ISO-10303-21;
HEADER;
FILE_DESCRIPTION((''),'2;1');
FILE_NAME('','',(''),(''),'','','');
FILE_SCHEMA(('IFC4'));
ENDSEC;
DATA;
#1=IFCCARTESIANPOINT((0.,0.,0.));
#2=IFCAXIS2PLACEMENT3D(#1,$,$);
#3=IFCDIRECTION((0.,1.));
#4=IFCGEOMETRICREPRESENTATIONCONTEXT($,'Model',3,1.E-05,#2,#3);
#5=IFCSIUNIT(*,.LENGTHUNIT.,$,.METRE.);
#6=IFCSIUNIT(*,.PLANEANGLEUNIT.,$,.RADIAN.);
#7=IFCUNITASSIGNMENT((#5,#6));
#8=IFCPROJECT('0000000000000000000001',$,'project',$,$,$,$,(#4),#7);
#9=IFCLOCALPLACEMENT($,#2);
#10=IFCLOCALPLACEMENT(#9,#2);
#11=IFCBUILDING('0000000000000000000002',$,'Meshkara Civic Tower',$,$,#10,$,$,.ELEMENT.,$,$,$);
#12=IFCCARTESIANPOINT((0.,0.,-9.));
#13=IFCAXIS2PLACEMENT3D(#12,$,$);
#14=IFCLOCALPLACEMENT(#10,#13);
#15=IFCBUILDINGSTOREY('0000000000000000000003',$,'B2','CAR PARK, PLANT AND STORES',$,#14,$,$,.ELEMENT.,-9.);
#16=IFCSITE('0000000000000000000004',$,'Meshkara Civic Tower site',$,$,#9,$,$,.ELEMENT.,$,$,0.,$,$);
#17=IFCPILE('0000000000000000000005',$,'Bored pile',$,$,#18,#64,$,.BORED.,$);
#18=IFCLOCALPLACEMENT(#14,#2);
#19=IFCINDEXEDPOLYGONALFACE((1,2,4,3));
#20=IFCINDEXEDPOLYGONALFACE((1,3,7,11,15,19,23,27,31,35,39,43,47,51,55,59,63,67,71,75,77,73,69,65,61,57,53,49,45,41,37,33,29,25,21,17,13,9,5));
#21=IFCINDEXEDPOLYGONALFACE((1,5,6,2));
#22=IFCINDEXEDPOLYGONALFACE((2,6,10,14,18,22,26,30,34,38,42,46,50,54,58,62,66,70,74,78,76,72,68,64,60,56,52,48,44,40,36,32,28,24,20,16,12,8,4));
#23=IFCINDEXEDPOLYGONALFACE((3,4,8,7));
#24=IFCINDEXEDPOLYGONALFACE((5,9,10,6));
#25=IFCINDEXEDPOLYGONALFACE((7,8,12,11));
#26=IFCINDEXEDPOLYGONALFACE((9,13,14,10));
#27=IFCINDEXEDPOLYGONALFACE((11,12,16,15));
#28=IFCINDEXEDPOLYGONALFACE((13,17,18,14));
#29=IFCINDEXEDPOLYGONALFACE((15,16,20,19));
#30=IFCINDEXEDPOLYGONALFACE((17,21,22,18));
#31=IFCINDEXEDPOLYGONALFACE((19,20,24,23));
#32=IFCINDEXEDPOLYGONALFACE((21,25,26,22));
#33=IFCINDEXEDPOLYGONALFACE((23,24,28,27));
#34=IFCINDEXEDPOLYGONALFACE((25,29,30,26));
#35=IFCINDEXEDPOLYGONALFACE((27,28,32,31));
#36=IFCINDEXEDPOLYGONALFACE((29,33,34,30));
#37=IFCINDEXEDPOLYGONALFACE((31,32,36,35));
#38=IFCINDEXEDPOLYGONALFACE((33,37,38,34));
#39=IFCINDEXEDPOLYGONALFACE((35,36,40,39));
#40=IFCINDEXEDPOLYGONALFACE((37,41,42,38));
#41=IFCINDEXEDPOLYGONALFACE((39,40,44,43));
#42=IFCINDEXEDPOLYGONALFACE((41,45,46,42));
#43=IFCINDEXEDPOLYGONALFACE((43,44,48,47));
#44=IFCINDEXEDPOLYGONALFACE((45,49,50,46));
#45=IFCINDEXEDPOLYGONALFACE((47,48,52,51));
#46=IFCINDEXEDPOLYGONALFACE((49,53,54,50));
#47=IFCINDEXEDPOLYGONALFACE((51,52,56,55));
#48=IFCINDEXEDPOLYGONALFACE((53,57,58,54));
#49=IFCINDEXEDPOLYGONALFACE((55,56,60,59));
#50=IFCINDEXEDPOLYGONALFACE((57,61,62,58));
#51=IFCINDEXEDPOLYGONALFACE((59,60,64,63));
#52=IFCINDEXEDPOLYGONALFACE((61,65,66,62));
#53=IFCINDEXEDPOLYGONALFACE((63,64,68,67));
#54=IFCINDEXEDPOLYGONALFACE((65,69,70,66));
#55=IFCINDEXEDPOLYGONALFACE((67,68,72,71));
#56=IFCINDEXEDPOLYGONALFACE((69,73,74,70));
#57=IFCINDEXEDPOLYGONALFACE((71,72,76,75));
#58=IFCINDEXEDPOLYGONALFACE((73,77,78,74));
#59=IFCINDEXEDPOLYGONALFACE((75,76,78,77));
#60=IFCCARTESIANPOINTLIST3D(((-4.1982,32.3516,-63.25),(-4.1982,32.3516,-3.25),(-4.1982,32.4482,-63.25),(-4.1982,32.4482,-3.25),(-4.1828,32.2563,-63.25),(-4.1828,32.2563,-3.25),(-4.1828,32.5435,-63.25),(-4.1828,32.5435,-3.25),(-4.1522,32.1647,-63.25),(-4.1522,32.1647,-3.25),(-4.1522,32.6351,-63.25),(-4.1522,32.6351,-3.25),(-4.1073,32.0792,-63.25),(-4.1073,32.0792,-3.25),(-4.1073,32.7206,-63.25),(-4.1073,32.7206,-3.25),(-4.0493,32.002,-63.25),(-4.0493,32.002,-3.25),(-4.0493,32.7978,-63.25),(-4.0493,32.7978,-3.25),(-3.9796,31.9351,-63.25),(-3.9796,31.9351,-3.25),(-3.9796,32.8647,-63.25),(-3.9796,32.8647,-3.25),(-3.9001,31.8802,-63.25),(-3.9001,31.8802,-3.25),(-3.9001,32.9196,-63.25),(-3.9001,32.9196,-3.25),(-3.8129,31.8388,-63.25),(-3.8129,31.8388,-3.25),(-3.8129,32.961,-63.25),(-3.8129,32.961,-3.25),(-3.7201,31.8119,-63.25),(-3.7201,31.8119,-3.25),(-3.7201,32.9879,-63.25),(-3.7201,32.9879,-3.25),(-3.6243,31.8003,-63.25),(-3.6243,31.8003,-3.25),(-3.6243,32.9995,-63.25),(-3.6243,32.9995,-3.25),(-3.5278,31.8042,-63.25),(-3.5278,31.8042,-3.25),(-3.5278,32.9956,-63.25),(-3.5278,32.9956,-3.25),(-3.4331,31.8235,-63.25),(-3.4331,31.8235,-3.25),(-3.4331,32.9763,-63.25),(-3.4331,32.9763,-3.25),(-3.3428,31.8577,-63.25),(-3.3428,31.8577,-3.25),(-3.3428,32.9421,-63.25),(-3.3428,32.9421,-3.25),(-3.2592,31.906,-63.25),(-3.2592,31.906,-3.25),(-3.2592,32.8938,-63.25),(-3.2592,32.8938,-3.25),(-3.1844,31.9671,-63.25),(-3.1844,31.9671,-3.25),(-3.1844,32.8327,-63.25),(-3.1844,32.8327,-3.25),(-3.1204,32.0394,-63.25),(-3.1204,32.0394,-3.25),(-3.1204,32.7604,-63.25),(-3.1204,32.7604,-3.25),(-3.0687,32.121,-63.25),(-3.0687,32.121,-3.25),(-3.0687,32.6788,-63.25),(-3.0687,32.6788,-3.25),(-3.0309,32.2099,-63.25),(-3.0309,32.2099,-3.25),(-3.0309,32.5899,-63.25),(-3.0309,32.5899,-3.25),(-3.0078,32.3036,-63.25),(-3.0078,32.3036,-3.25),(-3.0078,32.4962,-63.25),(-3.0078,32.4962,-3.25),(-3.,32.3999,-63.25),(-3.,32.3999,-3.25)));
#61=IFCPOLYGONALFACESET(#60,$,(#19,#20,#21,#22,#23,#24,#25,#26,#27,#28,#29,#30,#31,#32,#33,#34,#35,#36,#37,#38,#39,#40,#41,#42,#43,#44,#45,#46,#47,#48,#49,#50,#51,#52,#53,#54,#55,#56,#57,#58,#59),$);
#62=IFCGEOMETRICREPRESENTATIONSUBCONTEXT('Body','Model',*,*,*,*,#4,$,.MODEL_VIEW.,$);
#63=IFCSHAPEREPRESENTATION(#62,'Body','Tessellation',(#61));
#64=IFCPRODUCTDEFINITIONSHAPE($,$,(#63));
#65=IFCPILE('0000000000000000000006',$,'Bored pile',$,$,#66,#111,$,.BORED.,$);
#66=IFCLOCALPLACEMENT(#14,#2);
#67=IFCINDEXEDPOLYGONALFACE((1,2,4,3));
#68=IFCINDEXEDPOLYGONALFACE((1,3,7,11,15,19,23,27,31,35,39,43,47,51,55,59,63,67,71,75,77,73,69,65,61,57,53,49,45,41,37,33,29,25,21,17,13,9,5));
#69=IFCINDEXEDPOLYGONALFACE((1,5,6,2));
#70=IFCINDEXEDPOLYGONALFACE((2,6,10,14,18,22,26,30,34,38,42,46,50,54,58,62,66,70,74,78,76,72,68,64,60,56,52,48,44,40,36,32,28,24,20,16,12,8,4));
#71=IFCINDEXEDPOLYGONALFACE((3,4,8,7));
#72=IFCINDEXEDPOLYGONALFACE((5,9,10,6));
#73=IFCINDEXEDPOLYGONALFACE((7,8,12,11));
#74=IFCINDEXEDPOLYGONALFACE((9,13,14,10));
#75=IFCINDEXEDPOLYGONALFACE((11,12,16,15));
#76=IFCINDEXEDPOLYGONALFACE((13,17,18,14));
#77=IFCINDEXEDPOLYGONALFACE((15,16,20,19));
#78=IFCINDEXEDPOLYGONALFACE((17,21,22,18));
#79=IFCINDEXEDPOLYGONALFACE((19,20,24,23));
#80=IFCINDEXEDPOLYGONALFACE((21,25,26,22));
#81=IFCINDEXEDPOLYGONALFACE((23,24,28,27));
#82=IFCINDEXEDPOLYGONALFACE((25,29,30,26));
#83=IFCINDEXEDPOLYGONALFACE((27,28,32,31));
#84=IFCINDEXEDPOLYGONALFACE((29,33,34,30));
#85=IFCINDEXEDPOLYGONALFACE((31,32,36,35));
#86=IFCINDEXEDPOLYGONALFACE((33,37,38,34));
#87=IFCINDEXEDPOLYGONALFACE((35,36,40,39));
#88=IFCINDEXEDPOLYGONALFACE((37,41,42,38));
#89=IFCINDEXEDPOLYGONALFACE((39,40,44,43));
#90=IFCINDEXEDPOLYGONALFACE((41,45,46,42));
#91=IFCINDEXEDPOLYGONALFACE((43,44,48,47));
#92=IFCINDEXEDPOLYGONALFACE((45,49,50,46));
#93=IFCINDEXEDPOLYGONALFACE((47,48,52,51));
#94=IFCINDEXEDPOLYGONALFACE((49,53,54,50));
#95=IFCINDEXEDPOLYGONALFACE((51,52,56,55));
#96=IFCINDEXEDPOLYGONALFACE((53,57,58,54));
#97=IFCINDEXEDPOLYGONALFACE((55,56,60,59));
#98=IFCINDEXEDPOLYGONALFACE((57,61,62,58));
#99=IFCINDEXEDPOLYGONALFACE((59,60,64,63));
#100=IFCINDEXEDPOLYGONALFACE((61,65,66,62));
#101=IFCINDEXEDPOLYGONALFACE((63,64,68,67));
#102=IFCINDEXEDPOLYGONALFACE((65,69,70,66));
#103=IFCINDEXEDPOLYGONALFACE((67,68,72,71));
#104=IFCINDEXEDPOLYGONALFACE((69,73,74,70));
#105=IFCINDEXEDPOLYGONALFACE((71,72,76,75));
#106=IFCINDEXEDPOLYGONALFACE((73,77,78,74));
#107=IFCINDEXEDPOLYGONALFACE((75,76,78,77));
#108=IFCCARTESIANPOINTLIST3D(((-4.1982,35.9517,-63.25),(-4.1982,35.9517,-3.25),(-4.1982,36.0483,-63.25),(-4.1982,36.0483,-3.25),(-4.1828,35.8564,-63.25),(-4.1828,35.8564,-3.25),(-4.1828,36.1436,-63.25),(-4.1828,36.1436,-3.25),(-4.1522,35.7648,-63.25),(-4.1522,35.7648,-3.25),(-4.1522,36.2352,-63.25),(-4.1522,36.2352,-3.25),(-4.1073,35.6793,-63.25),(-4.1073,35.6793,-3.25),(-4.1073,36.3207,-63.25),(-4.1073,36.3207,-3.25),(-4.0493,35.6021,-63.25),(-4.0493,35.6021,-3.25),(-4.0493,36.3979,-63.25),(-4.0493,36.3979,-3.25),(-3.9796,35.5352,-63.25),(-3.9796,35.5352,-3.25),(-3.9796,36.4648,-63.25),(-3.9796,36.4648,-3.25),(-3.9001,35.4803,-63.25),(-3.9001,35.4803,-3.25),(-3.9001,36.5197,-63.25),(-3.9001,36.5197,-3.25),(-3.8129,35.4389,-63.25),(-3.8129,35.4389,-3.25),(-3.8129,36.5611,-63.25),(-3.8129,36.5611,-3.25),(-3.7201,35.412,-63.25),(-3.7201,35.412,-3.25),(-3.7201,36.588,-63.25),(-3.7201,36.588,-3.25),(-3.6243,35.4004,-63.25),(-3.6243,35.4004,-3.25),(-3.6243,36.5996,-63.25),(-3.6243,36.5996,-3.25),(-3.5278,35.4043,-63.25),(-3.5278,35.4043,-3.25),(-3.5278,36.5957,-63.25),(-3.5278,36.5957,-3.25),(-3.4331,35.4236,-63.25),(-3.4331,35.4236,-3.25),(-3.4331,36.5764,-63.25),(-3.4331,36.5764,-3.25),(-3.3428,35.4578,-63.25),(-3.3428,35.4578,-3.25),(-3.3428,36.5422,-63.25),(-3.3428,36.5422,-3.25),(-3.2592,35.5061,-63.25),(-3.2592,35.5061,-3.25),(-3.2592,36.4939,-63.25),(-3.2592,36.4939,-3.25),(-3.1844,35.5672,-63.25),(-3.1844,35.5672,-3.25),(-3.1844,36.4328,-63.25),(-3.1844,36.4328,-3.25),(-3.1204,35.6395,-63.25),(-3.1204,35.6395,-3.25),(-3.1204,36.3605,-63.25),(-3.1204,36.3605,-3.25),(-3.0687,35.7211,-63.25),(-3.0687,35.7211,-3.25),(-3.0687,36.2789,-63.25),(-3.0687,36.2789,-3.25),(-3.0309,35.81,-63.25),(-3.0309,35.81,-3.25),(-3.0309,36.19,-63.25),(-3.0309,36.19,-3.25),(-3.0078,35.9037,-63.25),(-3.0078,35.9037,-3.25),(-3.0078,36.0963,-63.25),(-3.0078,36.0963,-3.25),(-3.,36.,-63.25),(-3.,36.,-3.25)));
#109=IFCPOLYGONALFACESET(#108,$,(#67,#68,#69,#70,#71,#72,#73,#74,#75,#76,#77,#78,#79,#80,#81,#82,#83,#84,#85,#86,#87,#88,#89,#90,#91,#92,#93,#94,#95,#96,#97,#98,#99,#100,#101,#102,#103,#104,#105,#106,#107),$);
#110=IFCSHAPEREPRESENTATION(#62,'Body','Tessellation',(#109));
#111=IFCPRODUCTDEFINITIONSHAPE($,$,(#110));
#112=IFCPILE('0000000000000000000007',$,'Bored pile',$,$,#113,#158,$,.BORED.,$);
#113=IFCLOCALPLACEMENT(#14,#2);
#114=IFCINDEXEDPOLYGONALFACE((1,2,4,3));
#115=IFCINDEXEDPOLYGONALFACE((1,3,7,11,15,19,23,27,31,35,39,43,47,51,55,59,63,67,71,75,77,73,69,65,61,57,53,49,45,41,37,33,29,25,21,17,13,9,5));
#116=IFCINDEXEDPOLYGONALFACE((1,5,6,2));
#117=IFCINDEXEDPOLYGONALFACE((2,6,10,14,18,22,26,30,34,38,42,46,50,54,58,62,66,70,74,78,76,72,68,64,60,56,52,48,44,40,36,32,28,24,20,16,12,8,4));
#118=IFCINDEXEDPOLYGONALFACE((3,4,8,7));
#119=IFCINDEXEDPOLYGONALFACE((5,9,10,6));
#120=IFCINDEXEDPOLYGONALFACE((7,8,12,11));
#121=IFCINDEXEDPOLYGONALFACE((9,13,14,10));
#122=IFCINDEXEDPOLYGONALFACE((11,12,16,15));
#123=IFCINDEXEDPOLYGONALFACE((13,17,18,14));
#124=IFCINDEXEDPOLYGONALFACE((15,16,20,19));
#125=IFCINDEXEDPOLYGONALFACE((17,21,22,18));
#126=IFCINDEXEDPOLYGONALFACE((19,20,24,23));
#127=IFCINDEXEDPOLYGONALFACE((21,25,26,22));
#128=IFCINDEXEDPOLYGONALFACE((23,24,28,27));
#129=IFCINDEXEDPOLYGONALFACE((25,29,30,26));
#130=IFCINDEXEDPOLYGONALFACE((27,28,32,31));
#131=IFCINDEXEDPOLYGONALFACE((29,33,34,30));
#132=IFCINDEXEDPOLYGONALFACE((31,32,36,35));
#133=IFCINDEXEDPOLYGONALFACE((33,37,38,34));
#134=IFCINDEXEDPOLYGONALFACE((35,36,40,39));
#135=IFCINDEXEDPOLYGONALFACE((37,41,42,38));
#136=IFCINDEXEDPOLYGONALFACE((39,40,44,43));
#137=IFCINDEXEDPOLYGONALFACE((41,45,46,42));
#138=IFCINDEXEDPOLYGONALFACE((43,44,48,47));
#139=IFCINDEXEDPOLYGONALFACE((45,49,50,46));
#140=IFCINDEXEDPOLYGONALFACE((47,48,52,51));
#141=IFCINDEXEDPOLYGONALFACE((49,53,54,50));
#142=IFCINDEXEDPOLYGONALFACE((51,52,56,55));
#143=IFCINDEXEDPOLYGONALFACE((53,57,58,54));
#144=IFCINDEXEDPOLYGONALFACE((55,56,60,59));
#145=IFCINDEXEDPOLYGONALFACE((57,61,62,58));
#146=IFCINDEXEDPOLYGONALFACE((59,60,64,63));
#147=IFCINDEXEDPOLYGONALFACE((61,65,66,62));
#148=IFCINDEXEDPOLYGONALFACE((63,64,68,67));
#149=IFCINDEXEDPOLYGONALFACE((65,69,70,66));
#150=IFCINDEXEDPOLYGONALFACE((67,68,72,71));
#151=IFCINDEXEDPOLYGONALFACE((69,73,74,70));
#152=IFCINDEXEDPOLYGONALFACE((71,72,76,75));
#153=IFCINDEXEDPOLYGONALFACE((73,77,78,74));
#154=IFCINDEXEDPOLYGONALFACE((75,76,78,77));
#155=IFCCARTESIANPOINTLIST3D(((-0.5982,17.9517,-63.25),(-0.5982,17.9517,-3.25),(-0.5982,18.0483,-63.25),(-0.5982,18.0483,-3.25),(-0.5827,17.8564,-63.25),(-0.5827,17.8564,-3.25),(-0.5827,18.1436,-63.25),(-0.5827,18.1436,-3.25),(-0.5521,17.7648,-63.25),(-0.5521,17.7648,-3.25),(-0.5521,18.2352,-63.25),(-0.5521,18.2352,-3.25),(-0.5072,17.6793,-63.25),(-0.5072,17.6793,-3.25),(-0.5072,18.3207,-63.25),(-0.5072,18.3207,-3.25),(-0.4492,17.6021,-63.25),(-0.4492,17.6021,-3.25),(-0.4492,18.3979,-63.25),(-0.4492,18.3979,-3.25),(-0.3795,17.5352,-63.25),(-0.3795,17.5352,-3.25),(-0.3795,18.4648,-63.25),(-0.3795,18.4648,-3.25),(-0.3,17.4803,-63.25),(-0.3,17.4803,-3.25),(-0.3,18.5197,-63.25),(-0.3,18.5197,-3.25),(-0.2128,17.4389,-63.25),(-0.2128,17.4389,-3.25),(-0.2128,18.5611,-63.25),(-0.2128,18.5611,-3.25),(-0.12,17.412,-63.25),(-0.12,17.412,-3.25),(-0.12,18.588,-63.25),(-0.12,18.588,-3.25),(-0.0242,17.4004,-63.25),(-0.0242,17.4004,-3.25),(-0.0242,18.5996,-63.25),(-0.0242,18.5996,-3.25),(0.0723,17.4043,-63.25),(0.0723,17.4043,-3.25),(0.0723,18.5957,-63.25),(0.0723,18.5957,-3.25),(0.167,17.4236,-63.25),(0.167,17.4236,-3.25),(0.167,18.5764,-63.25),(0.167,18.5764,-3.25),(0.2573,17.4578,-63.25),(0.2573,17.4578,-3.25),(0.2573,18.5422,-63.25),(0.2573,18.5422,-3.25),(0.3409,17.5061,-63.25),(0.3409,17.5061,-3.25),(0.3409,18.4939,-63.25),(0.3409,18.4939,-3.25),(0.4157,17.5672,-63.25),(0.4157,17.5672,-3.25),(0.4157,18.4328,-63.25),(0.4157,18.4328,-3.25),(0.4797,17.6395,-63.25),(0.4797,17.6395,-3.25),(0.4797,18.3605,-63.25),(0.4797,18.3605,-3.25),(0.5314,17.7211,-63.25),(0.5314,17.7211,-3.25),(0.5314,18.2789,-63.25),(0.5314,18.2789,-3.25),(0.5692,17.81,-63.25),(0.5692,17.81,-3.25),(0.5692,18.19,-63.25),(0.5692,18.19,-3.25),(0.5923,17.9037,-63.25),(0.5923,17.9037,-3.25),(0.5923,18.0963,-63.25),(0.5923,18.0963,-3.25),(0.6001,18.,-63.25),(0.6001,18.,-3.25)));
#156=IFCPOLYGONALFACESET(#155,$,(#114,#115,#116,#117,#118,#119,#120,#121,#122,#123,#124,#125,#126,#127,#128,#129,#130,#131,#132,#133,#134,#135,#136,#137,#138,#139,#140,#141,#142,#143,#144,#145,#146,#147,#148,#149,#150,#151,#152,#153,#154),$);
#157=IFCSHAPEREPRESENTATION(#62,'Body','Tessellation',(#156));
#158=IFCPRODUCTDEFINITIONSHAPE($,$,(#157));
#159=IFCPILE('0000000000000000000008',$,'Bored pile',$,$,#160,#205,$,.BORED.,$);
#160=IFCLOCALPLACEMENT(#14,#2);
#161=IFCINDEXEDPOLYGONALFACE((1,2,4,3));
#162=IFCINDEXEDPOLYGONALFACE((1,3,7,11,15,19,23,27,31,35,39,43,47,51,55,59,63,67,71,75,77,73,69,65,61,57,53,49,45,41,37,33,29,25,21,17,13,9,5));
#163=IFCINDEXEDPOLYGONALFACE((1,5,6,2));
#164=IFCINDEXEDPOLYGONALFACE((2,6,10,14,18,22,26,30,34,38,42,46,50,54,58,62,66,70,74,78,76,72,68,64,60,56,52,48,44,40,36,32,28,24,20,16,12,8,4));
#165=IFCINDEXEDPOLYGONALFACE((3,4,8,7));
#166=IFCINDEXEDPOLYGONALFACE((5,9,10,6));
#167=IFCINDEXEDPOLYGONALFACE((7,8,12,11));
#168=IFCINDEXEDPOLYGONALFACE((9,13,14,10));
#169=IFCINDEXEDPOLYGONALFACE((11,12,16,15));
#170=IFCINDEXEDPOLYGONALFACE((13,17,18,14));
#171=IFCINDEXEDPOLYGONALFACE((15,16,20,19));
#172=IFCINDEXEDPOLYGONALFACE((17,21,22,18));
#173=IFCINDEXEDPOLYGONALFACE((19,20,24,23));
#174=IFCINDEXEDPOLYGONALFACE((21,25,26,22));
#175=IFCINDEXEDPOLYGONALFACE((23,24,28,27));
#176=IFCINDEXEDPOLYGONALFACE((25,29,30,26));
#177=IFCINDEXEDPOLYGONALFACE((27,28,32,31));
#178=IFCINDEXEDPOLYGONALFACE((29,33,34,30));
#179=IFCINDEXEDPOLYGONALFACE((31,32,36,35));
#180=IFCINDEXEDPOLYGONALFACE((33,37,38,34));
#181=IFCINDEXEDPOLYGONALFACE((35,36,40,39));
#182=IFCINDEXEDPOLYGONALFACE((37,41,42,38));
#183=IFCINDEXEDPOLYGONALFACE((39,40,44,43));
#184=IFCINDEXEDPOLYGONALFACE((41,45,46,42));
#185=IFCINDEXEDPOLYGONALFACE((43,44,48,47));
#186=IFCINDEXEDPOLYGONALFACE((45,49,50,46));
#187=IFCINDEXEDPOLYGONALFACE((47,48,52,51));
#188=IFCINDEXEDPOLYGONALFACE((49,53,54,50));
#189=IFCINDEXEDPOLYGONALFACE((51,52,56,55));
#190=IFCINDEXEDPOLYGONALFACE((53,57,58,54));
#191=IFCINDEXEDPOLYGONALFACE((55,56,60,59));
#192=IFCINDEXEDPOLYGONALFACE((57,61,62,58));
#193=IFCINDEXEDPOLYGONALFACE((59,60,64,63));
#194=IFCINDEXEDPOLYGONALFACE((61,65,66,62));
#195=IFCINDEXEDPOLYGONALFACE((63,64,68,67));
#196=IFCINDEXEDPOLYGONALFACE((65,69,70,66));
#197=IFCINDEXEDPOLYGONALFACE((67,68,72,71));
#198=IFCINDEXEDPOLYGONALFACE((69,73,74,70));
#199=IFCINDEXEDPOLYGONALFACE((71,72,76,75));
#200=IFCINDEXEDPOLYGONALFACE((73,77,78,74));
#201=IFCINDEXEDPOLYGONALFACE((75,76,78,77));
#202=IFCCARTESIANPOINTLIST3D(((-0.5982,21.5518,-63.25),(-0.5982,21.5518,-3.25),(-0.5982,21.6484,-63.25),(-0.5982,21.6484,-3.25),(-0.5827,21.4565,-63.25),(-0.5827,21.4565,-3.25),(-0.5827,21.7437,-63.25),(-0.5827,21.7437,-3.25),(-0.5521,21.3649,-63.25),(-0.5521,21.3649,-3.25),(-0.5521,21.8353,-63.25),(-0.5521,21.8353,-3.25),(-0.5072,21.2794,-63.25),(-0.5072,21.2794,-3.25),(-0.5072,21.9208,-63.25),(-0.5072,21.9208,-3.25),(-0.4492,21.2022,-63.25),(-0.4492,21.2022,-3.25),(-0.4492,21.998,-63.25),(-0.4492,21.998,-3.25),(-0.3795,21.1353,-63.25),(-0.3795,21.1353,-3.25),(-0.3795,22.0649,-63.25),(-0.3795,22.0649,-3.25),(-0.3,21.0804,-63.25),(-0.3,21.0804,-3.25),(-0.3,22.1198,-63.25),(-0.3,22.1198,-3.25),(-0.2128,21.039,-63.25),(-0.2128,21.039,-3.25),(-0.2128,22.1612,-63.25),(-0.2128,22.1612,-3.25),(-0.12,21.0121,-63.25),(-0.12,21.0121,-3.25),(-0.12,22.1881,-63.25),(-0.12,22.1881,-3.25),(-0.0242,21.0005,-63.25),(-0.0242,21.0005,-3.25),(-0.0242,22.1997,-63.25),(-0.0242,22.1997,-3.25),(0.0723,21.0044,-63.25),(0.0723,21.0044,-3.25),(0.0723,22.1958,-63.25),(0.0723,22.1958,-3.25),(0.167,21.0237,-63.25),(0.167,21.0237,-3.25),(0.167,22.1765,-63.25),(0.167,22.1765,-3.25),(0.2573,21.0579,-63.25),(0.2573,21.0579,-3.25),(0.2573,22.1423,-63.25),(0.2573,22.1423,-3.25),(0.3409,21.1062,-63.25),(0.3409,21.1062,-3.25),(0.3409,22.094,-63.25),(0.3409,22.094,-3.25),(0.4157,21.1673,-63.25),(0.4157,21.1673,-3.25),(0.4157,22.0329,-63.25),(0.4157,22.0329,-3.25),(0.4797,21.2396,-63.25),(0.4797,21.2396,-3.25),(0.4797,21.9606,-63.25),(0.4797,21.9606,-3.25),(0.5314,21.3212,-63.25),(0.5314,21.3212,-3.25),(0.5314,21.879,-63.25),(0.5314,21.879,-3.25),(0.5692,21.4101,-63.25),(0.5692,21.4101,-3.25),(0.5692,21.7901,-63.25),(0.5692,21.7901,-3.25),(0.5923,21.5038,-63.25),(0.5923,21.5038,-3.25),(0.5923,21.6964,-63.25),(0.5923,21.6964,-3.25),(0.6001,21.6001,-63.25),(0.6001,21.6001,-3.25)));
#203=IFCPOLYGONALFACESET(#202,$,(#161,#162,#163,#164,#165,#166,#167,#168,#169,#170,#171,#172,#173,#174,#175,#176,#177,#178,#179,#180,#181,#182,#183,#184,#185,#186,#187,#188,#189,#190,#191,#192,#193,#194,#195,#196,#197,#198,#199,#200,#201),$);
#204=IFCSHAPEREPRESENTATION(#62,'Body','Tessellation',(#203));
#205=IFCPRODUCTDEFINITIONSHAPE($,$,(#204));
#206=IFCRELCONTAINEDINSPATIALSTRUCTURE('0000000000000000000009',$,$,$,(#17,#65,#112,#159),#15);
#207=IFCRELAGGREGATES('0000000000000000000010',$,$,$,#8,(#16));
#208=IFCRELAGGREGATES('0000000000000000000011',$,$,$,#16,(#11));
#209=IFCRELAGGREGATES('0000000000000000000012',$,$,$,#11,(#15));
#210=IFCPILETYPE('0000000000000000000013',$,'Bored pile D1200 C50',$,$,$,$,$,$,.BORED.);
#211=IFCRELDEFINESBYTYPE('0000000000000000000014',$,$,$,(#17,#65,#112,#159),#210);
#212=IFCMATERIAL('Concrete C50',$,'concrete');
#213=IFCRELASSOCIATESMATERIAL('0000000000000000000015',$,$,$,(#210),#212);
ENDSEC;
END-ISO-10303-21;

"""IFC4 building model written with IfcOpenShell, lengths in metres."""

from ifc_helpers import new_model, si_unit, direction, frame, origin, origin_2d, place, context, subcontext, project, spatial, circle, extrude, material, material_profile, profile_set, type_object, element, save


model = new_model("IFC4")

# Units and contexts
model_context = context("Model", 3, precision=1e-05, world=origin(), true_north=direction((0.0, 1.0)))
body_context = subcontext(model_context, "Body", "Model", "MODEL_VIEW")
ifc_project = project(units=[si_unit("LENGTHUNIT", "METRE"), si_unit("PLANEANGLEUNIT", "RADIAN")], contexts=[model_context])

# Site, building, storey
site_placement = place(None, origin())
site = spatial("IfcSite", under=ifc_project, at=site_placement, Name="Meshkara Civic Tower site", CompositionType="ELEMENT", RefElevation=0.0)
building_placement = place(site_placement, origin())
building = spatial("IfcBuilding", under=site, at=building_placement, Name="Meshkara Civic Tower", CompositionType="ELEMENT")
storey_placement = place(building_placement, frame((0.0, 0.0, -9.0)))
storey = spatial("IfcBuildingStorey", under=building, at=storey_placement, Name="B2", Description="CAR PARK, PLANT AND STORES", CompositionType="ELEMENT", Elevation=-9.0)

# Piles
ifc_material_1 = material(Name="Concrete C50", Category="concrete")
ifc_material_profile_1 = material_profile(ifc_material_1, circle(Radius=0.6001, at=origin_2d()))
ifc_profile_set_1 = profile_set([ifc_material_profile_1], Name="Concrete C50")
pile_type = type_object("IfcPileType", Name="Bored pile D1200 C50", PredefinedType="BORED", material=ifc_profile_set_1)
for number, where, z_axis, x_axis, name in (
    (1, (-3.6001, 32.3999, -3.25), (0.0, 0.0, -1.0), (1.0, 0.0, 0.0), "Bored pile"),
    (2, (-3.6001, 36.0, -3.25), (0.0, 0.0, -1.0), (1.0, 0.0, 0.0), "Bored pile"),
    (3, (0.0, 18.0, -3.25), (0.0, 0.0, -1.0), (1.0, 0.0, 0.0), "Bored pile"),
    (4, (0.0, 21.6001, -3.25), (0.0, 0.0, -1.0), (1.0, 0.0, 0.0), "Bored pile"),
):
    element("IfcPile", number, at=place(storey_placement, frame(where, z_axis=z_axis, x_axis=x_axis)), inside=storey, type_object=pile_type, Name=name, PredefinedType="BORED", context=body_context, shape_type="SweptSolid", body=[
        extrude(circle(Radius=0.6001, at=origin_2d()), origin(), (0.0, 0.0, 1.0), 60.0),
    ])

save(model, "model.ifc")
